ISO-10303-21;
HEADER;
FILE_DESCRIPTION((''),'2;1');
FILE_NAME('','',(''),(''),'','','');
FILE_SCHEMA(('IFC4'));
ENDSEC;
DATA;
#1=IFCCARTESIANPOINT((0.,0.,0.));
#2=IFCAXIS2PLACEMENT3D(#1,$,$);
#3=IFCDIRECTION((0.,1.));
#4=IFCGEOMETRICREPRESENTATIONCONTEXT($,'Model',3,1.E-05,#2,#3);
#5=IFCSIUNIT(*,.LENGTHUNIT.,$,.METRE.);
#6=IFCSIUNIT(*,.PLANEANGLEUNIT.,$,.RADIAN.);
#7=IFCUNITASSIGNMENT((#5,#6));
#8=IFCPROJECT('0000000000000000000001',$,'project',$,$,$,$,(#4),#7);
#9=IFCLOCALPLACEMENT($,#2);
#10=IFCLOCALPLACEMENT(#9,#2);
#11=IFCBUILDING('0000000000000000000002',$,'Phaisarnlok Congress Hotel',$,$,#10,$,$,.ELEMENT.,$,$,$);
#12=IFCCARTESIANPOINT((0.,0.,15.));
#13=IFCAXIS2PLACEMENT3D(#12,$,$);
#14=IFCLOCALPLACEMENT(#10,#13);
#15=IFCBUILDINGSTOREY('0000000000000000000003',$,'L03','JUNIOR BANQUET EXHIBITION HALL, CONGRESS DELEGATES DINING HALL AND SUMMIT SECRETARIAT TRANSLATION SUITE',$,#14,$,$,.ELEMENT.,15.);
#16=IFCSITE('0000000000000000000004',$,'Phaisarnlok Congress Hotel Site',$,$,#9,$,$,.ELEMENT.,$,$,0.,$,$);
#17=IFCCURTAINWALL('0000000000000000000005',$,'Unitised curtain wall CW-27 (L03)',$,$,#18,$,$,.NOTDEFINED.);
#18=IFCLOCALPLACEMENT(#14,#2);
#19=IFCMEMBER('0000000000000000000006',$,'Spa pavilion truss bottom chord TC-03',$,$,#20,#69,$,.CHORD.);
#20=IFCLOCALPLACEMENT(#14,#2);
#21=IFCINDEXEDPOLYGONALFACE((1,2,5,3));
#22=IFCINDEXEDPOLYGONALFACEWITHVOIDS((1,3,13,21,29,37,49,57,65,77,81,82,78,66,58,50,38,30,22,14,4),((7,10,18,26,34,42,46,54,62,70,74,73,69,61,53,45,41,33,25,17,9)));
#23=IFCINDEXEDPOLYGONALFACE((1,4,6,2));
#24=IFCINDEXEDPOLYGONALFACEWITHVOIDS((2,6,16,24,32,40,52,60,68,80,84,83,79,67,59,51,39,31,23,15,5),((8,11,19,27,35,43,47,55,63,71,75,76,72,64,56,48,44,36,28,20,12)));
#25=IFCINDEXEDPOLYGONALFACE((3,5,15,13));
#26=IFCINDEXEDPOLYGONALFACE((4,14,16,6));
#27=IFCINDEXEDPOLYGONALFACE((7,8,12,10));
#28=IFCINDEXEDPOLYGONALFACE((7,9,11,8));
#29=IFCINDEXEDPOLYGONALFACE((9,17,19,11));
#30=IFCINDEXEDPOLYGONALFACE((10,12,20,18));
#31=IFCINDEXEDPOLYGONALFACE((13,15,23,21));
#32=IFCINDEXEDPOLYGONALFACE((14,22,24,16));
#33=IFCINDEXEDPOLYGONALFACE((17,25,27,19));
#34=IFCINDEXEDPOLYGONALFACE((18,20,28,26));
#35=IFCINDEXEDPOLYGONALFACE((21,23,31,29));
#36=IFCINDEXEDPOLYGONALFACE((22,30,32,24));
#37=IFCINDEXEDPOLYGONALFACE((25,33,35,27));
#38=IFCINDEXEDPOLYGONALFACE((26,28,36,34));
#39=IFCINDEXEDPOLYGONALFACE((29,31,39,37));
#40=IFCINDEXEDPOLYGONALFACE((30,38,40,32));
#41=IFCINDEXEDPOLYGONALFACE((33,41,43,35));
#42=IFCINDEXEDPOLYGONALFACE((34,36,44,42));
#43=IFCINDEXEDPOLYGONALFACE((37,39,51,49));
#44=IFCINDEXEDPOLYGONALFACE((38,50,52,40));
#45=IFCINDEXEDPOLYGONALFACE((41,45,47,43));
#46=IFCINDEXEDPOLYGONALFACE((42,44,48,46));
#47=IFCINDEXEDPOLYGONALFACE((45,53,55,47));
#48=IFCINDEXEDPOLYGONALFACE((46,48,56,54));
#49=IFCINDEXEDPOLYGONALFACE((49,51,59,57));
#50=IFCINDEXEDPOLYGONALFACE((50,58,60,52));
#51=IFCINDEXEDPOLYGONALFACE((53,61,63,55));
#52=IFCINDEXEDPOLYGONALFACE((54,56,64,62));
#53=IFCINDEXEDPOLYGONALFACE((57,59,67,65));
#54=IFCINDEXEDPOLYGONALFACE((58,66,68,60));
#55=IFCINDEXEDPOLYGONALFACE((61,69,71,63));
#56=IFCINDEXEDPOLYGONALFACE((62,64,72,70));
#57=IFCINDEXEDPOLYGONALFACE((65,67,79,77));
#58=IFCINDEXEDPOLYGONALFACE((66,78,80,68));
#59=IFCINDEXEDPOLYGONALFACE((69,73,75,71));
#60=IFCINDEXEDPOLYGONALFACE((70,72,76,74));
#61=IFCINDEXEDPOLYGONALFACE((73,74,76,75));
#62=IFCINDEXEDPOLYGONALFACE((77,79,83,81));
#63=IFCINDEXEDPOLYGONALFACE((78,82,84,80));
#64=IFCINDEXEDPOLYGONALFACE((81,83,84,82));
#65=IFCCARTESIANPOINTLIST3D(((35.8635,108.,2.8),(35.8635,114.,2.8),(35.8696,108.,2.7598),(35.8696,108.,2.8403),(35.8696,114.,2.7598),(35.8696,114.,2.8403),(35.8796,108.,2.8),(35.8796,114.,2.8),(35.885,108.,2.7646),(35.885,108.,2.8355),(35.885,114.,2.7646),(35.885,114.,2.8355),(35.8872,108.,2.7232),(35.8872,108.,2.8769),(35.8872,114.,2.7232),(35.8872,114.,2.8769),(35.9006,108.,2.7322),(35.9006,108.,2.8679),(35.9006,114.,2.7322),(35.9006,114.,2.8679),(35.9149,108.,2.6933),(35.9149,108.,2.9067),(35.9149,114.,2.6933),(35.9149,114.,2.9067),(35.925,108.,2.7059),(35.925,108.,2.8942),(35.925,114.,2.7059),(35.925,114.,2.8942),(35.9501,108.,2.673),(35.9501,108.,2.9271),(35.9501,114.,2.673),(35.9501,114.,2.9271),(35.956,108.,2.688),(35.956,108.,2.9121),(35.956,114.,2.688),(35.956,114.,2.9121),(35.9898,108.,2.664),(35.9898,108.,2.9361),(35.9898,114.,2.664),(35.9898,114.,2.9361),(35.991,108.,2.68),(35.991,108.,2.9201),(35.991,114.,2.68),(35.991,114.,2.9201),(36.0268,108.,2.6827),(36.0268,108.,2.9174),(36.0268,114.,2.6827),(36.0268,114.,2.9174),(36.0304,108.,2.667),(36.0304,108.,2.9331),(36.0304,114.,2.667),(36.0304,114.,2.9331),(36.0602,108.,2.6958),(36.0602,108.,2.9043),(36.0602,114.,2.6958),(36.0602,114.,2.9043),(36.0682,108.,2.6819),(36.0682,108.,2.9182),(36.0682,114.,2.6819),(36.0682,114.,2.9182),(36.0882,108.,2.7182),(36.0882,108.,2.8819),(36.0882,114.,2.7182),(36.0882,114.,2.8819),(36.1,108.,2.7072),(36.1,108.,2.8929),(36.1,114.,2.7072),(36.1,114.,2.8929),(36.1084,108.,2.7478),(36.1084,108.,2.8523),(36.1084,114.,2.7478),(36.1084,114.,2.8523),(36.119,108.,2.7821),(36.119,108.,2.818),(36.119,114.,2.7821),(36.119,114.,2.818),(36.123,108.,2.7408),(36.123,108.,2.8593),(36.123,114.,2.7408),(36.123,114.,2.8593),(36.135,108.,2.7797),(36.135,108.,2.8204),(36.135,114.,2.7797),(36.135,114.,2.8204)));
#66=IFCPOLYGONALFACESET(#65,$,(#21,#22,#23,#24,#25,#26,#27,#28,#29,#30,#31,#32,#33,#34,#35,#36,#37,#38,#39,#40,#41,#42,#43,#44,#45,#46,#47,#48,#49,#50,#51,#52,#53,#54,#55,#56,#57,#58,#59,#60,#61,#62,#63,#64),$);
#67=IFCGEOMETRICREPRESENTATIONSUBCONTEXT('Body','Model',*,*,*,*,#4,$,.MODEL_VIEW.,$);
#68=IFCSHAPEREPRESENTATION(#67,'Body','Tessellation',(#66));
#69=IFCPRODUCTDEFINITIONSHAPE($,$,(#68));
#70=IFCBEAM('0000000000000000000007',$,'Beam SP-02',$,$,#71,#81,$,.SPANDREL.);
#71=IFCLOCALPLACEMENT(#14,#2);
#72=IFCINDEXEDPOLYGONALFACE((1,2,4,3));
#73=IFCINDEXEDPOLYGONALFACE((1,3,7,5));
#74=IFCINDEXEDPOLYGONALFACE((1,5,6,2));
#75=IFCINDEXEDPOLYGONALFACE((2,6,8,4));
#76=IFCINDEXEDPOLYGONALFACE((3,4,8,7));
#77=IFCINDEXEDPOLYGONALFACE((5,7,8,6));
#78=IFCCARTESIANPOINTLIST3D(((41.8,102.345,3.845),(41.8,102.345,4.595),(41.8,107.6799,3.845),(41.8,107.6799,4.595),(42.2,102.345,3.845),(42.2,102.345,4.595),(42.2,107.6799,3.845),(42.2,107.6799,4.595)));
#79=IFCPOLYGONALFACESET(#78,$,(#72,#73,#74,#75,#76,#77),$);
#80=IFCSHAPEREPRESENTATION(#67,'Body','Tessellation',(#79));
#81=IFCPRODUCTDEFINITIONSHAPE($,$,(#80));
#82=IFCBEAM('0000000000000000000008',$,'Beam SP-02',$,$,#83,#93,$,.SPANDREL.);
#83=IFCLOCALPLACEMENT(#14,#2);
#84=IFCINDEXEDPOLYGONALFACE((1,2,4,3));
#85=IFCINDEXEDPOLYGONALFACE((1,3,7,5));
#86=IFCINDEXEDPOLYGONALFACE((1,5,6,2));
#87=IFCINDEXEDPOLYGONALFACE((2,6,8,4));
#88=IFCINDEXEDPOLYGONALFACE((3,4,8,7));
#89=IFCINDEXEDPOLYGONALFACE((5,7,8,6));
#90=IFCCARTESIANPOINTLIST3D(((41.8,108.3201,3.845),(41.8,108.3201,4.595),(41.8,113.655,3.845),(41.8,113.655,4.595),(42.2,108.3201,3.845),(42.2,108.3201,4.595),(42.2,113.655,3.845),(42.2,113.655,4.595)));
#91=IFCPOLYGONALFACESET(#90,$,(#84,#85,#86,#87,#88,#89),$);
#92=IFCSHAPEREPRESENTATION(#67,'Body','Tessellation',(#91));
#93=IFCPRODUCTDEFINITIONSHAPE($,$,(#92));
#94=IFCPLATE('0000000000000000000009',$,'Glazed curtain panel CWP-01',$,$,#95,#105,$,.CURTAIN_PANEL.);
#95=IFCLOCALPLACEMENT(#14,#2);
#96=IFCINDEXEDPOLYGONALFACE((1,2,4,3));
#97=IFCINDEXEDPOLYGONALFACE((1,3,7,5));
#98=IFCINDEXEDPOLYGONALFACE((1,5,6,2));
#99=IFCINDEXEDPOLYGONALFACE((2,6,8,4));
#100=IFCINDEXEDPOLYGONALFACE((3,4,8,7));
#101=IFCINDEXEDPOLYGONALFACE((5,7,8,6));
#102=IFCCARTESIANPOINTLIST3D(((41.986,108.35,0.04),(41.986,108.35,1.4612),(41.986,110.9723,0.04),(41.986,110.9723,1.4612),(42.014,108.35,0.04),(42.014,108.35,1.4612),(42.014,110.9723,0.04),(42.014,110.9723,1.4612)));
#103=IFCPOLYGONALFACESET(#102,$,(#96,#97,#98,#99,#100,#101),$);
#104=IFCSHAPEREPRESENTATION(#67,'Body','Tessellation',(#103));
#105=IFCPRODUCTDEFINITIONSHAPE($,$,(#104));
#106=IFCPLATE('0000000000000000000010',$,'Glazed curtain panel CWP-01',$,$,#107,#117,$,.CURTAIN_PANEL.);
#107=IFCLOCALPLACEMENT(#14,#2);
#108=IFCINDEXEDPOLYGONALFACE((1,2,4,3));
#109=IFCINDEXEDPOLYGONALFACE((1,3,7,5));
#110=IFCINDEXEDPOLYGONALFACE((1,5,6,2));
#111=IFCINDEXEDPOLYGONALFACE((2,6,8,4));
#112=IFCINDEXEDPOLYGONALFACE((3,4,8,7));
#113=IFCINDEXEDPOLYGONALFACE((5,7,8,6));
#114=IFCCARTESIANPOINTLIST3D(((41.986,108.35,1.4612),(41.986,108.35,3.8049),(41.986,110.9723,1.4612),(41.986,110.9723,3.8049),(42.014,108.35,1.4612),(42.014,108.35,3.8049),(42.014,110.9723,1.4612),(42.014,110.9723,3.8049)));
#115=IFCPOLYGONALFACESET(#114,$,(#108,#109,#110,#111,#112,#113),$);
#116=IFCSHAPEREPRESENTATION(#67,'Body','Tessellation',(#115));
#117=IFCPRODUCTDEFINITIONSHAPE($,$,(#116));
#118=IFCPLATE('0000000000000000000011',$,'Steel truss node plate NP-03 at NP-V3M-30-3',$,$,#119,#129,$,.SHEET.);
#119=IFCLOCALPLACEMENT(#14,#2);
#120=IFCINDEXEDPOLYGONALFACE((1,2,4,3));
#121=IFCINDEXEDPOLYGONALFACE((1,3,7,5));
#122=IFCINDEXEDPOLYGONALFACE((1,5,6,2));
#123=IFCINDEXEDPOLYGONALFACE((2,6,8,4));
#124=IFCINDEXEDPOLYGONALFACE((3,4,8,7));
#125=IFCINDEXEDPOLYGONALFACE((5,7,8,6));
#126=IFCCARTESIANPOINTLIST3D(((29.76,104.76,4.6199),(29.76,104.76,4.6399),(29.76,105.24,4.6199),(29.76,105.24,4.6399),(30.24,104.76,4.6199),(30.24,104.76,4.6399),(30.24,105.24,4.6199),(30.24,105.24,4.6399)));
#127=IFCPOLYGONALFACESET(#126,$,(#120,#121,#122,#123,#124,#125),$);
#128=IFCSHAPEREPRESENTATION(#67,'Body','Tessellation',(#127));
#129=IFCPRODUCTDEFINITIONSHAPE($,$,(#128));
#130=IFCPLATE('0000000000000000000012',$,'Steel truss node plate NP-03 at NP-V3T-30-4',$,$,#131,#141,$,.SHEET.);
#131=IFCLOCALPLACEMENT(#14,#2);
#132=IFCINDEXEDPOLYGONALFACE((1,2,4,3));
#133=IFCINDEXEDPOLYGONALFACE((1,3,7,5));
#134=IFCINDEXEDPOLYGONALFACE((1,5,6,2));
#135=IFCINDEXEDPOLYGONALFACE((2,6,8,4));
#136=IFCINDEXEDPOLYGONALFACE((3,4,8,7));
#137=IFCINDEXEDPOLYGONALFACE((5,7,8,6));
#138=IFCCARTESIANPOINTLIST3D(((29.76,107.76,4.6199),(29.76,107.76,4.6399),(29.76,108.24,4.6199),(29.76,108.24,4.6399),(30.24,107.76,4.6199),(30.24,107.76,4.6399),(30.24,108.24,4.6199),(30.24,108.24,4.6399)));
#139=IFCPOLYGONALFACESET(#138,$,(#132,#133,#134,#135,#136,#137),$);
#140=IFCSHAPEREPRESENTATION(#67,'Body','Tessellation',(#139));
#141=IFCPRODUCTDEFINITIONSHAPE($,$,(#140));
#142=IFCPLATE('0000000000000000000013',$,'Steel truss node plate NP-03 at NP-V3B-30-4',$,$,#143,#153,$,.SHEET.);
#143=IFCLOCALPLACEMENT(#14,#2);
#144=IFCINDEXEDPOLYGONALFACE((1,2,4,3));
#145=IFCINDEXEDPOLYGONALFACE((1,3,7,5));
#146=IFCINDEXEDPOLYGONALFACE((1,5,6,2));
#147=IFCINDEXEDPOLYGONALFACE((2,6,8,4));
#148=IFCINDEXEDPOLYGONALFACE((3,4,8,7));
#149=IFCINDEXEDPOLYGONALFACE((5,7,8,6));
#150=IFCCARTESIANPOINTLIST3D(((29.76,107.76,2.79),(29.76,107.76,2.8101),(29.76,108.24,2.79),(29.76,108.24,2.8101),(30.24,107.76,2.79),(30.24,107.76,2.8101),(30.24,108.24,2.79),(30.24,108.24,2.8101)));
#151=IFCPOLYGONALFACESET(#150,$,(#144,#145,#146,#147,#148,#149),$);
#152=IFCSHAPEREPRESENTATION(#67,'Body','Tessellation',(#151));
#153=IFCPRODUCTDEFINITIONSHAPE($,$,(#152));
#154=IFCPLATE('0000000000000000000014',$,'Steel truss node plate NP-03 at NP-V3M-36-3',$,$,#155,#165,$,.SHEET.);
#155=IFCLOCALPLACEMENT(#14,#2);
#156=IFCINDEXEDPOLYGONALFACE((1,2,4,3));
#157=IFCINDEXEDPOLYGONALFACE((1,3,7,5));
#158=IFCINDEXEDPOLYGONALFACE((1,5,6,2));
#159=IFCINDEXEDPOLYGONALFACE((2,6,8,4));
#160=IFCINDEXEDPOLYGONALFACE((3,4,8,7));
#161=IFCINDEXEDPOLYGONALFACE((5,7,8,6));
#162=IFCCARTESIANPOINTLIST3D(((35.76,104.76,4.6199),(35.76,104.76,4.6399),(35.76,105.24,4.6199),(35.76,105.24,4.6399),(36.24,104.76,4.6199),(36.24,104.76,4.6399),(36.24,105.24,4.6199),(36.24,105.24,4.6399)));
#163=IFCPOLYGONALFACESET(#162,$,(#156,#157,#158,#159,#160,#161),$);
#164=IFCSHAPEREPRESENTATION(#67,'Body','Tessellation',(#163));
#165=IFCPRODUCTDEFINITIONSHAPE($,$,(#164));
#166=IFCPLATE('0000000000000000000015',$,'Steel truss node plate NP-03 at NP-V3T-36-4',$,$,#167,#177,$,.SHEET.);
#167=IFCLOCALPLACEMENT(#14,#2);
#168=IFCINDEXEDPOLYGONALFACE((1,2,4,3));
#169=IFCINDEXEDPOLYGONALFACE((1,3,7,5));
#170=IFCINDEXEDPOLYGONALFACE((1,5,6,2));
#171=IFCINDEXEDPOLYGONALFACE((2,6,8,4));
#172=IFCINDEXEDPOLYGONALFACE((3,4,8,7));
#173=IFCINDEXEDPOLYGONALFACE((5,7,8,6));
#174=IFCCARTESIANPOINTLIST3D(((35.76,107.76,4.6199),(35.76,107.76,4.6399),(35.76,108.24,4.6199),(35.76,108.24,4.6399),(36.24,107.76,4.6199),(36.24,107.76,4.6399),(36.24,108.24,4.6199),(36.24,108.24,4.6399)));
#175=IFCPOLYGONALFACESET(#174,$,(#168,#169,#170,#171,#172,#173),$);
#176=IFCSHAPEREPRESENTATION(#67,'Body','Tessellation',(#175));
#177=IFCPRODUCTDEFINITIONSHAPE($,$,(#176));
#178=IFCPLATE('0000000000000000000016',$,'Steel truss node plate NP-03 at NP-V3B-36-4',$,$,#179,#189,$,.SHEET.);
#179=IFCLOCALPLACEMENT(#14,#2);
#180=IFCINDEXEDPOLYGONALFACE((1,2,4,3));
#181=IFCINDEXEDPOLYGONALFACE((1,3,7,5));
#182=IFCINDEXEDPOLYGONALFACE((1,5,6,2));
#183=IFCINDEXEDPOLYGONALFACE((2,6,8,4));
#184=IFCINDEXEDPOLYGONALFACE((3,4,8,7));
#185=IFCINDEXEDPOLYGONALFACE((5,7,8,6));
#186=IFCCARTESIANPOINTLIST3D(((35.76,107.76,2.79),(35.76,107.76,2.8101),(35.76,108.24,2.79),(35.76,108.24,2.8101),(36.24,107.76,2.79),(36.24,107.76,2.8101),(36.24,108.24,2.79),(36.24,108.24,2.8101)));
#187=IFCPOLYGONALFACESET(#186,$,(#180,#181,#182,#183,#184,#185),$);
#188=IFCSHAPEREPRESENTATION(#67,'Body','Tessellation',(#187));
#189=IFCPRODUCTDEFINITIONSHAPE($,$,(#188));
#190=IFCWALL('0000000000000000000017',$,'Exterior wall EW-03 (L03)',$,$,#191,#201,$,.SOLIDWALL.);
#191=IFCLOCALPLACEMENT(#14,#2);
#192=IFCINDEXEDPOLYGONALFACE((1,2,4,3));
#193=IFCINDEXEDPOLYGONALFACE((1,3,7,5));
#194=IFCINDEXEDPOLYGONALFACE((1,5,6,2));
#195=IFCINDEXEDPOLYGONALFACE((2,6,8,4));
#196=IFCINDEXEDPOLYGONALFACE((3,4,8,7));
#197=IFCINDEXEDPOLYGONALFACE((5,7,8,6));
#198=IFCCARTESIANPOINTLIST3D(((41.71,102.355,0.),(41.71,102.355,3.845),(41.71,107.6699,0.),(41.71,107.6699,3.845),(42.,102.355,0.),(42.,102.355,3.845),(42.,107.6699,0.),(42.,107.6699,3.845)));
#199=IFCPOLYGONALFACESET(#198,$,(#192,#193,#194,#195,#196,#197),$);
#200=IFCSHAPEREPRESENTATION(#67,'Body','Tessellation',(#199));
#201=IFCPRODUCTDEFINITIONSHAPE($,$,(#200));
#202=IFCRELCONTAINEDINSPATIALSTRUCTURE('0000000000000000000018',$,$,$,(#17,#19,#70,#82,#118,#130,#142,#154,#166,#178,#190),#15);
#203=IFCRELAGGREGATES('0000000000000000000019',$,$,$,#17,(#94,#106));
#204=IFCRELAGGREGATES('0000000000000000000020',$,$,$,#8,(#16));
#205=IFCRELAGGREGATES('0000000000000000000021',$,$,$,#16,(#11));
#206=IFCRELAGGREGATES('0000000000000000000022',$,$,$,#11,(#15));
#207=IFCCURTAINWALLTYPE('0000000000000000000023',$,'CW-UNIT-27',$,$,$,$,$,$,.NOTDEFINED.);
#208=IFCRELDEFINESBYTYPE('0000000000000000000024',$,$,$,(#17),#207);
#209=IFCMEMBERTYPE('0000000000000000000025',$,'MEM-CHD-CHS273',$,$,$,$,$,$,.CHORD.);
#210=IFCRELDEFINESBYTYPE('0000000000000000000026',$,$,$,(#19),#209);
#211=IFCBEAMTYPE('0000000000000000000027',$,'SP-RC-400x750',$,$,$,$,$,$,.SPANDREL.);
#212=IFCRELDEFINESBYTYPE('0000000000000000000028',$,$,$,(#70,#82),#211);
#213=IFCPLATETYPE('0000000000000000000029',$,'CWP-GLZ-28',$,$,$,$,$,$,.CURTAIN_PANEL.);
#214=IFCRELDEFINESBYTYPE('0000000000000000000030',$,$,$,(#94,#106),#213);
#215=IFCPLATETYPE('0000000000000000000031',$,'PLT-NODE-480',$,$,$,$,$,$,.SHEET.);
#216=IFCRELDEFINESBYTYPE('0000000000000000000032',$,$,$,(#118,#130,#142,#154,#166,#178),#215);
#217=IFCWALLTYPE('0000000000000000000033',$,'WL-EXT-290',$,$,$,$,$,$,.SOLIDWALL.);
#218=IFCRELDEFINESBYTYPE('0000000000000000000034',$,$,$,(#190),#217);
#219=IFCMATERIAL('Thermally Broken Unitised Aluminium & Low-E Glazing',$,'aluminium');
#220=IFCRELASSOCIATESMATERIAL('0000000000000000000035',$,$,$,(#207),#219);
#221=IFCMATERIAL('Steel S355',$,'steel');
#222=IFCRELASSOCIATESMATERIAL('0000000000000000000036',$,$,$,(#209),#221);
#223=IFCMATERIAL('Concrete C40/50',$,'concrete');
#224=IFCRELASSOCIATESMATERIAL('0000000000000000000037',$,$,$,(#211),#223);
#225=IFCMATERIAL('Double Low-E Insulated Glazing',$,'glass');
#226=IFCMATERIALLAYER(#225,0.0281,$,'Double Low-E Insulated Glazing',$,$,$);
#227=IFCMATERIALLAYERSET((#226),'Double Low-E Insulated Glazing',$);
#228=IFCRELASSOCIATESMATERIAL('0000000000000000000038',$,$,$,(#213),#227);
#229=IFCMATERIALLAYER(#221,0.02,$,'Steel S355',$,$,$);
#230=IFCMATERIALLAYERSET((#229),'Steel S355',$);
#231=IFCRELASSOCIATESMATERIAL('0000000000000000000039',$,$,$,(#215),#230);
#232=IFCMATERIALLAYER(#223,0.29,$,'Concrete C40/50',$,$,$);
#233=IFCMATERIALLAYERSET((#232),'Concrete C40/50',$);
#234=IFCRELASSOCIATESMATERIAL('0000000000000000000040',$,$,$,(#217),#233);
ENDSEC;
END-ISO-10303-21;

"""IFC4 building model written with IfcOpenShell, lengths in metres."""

from ifc_helpers import new_model, si_unit, direction, frame, frame_2d, origin, origin_2d, place, context, subcontext, project, spatial, rectangle, hollow_circle, extrude, material, layer, layer_set, material_profile, profile_set, type_object, element, aggregate, save


model = new_model("IFC4")

# Units and contexts
model_context = context("Model", 3, precision=1e-05, world=origin(), true_north=direction((0.0, 1.0)))
body_context = subcontext(model_context, "Body", "Model", "MODEL_VIEW")
ifc_project = project(units=[si_unit("LENGTHUNIT", "METRE"), si_unit("PLANEANGLEUNIT", "RADIAN")], contexts=[model_context])

# Site, building, storey
site_placement = place(None, origin())
site = spatial("IfcSite", under=ifc_project, at=site_placement, Name="Phaisarnlok Congress Hotel Site", CompositionType="ELEMENT", RefElevation=0.0)
building_placement = place(site_placement, origin())
building = spatial("IfcBuilding", under=site, at=building_placement, Name="Phaisarnlok Congress Hotel", CompositionType="ELEMENT")
storey_placement = place(building_placement, frame((0.0, 0.0, 15.0)))
storey = spatial("IfcBuildingStorey", under=building, at=storey_placement, Name="L03", Description="JUNIOR BANQUET EXHIBITION HALL, CONGRESS DELEGATES DINING HALL AND SUMMIT SECRETARIAT TRANSLATION SUITE", CompositionType="ELEMENT", Elevation=15.0)

# Curtain wall
ifc_material_1 = material(Name="Thermally Broken Unitised Aluminium & Low-E Glazing", Category="aluminium")
curtain_wall_type = type_object("IfcCurtainWallType", Name="CW-UNIT-27", PredefinedType="NOTDEFINED", material=ifc_material_1)
curtain_wall_placement = place(storey_placement, origin())
curtain_wall = element("IfcCurtainWall", 1, at=curtain_wall_placement, inside=storey, type_object=curtain_wall_type, Name="Unitised curtain wall CW-27 (L03)", PredefinedType="NOTDEFINED")

# Member
ifc_material_2 = material(Name="Steel S355", Category="steel")
ifc_material_profile_1 = material_profile(ifc_material_2, hollow_circle(Radius=0.1365, WallThickness=0.0161, at=origin_2d()), Name="CHS 273x16")
ifc_profile_set_1 = profile_set([ifc_material_profile_1], Name="Steel S355")
member_type_1 = type_object("IfcMemberType", Name="MEM-CHD-CHS273", PredefinedType="CHORD", material=ifc_profile_set_1)
for number, where, z_axis, x_axis, name in (
    (2, (36.0, 108.0, 2.8), (0.0, 1.0, 0.0), (-1.0, 0.0, 0.0), "Spa pavilion truss bottom chord TC-03"),
):
    element("IfcMember", number, at=place(storey_placement, frame(where, z_axis=z_axis, x_axis=x_axis)), inside=storey, type_object=member_type_1, Name=name, PredefinedType="CHORD", context=body_context, shape_type="SweptSolid", body=[
        extrude(hollow_circle(Radius=0.1365, WallThickness=0.0161, at=origin_2d()), origin(), (0.0, 0.0, 1.0), 6.0),
    ])

# Beams
ifc_material_3 = material(Name="Concrete C40/50", Category="concrete")
ifc_material_profile_2 = material_profile(ifc_material_3, rectangle(XDim=0.3999, YDim=0.75, at=origin_2d()), Name="RC 400x750")
ifc_profile_set_2 = profile_set([ifc_material_profile_2], Name="Concrete C40/50")
beam_type = type_object("IfcBeamType", Name="SP-RC-400x750", PredefinedType="SPANDREL", material=ifc_profile_set_2)
for number, where, z_axis, x_axis, name in (
    (3, (42.0, 102.345, 4.22), (0.0, 1.0, 0.0), (-1.0, 0.0, 0.0), "Beam SP-02"),
    (4, (42.0, 108.3201, 4.22), (0.0, 1.0, 0.0), (-1.0, 0.0, 0.0), "Beam SP-02"),
):
    element("IfcBeam", number, at=place(storey_placement, frame(where, z_axis=z_axis, x_axis=x_axis)), inside=storey, type_object=beam_type, Name=name, PredefinedType="SPANDREL", context=body_context, shape_type="SweptSolid", body=[
        extrude(rectangle(XDim=0.3999, YDim=0.75, at=origin_2d()), origin(), (0.0, 0.0, 1.0), 5.335),
    ])

# Plates
ifc_material_4 = material(Name="Double Low-E Insulated Glazing", Category="glass")
ifc_layer_1 = layer(ifc_material_4, 0.0281, Name="Double Low-E Insulated Glazing")
ifc_layer_set_1 = layer_set([ifc_layer_1], Name="Double Low-E Insulated Glazing")
plate_type_1 = type_object("IfcPlateType", Name="CWP-GLZ-28", PredefinedType="CURTAIN_PANEL", material=ifc_layer_set_1)
plate_1_placement = place(storey_placement, frame((42.0, 108.3501, 0.04), z_axis=(0.0, 0.0, 1.0), x_axis=(0.0, 1.0, 0.0)))
plate_1 = element("IfcPlate", 5, at=plate_1_placement, type_object=plate_type_1, Name="Glazed curtain panel CWP-01", PredefinedType="CURTAIN_PANEL", context=body_context, shape_type="SweptSolid", body=[
    extrude(rectangle(XDim=2.6223, YDim=0.0281, at=frame_2d((1.311, 0.0))), origin(), (0.0, 0.0, 1.0), 1.4211),
])
plate_2_placement = place(storey_placement, frame((42.0, 108.3501, 1.4612), z_axis=(0.0, 0.0, 1.0), x_axis=(0.0, 1.0, 0.0)))
plate_2 = element("IfcPlate", 6, at=plate_2_placement, type_object=plate_type_1, Name="Glazed curtain panel CWP-01", PredefinedType="CURTAIN_PANEL", context=body_context, shape_type="SweptSolid", body=[
    extrude(rectangle(XDim=2.6223, YDim=0.0281, at=frame_2d((1.311, 0.0))), origin(), (0.0, 0.0, 1.0), 2.3438),
])
aggregate(curtain_wall, [plate_1, plate_2])

# Plates
ifc_layer_2 = layer(ifc_material_2, 0.02, Name="Steel S355")
ifc_layer_set_2 = layer_set([ifc_layer_2], Name="Steel S355")
plate_type_2 = type_object("IfcPlateType", Name="PLT-NODE-480", PredefinedType="SHEET", material=ifc_layer_set_2)
for number, where, z_axis, x_axis, name in (
    (7, (30.0, 105.0, 4.6199), (0.0, 0.0, 1.0), (1.0, 0.0, 0.0), "Steel truss node plate NP-03 at NP-V3M-30-3"),
    (8, (30.0, 108.0, 4.6199), (0.0, 0.0, 1.0), (1.0, 0.0, 0.0), "Steel truss node plate NP-03 at NP-V3T-30-4"),
    (9, (30.0, 108.0, 2.79), (0.0, 0.0, 1.0), (1.0, 0.0, 0.0), "Steel truss node plate NP-03 at NP-V3B-30-4"),
    (10, (36.0, 105.0, 4.6199), (0.0, 0.0, 1.0), (1.0, 0.0, 0.0), "Steel truss node plate NP-03 at NP-V3M-36-3"),
    (11, (36.0, 108.0, 4.6199), (0.0, 0.0, 1.0), (1.0, 0.0, 0.0), "Steel truss node plate NP-03 at NP-V3T-36-4"),
    (12, (36.0, 108.0, 2.79), (0.0, 0.0, 1.0), (1.0, 0.0, 0.0), "Steel truss node plate NP-03 at NP-V3B-36-4"),
):
    element("IfcPlate", number, at=place(storey_placement, frame(where, z_axis=z_axis, x_axis=x_axis)), inside=storey, type_object=plate_type_2, Name=name, PredefinedType="SHEET", context=body_context, shape_type="SweptSolid", body=[
        extrude(rectangle(XDim=0.48, YDim=0.48, at=origin_2d()), origin(), (0.0, 0.0, 1.0), 0.02),
    ])

# Wall
ifc_layer_3 = layer(ifc_material_3, 0.29, Name="Concrete C40/50")
ifc_layer_set_3 = layer_set([ifc_layer_3], Name="Concrete C40/50")
wall_type = type_object("IfcWallType", Name="WL-EXT-290", PredefinedType="SOLIDWALL", material=ifc_layer_set_3)
wall_placement = place(storey_placement, frame((41.855, 102.355, 0.0), z_axis=(0.0, 0.0, 1.0), x_axis=(0.0, 1.0, 0.0)))
element("IfcWall", 13, at=wall_placement, inside=storey, type_object=wall_type, Name="Exterior wall EW-03 (L03)", PredefinedType="SOLIDWALL", context=body_context, shape_type="SweptSolid", body=[
    extrude(rectangle(XDim=5.3149, YDim=0.29, at=frame_2d((2.6575, 0.0))), origin(), (0.0, 0.0, 1.0), 3.845),
])

save(model, "model.ifc")
